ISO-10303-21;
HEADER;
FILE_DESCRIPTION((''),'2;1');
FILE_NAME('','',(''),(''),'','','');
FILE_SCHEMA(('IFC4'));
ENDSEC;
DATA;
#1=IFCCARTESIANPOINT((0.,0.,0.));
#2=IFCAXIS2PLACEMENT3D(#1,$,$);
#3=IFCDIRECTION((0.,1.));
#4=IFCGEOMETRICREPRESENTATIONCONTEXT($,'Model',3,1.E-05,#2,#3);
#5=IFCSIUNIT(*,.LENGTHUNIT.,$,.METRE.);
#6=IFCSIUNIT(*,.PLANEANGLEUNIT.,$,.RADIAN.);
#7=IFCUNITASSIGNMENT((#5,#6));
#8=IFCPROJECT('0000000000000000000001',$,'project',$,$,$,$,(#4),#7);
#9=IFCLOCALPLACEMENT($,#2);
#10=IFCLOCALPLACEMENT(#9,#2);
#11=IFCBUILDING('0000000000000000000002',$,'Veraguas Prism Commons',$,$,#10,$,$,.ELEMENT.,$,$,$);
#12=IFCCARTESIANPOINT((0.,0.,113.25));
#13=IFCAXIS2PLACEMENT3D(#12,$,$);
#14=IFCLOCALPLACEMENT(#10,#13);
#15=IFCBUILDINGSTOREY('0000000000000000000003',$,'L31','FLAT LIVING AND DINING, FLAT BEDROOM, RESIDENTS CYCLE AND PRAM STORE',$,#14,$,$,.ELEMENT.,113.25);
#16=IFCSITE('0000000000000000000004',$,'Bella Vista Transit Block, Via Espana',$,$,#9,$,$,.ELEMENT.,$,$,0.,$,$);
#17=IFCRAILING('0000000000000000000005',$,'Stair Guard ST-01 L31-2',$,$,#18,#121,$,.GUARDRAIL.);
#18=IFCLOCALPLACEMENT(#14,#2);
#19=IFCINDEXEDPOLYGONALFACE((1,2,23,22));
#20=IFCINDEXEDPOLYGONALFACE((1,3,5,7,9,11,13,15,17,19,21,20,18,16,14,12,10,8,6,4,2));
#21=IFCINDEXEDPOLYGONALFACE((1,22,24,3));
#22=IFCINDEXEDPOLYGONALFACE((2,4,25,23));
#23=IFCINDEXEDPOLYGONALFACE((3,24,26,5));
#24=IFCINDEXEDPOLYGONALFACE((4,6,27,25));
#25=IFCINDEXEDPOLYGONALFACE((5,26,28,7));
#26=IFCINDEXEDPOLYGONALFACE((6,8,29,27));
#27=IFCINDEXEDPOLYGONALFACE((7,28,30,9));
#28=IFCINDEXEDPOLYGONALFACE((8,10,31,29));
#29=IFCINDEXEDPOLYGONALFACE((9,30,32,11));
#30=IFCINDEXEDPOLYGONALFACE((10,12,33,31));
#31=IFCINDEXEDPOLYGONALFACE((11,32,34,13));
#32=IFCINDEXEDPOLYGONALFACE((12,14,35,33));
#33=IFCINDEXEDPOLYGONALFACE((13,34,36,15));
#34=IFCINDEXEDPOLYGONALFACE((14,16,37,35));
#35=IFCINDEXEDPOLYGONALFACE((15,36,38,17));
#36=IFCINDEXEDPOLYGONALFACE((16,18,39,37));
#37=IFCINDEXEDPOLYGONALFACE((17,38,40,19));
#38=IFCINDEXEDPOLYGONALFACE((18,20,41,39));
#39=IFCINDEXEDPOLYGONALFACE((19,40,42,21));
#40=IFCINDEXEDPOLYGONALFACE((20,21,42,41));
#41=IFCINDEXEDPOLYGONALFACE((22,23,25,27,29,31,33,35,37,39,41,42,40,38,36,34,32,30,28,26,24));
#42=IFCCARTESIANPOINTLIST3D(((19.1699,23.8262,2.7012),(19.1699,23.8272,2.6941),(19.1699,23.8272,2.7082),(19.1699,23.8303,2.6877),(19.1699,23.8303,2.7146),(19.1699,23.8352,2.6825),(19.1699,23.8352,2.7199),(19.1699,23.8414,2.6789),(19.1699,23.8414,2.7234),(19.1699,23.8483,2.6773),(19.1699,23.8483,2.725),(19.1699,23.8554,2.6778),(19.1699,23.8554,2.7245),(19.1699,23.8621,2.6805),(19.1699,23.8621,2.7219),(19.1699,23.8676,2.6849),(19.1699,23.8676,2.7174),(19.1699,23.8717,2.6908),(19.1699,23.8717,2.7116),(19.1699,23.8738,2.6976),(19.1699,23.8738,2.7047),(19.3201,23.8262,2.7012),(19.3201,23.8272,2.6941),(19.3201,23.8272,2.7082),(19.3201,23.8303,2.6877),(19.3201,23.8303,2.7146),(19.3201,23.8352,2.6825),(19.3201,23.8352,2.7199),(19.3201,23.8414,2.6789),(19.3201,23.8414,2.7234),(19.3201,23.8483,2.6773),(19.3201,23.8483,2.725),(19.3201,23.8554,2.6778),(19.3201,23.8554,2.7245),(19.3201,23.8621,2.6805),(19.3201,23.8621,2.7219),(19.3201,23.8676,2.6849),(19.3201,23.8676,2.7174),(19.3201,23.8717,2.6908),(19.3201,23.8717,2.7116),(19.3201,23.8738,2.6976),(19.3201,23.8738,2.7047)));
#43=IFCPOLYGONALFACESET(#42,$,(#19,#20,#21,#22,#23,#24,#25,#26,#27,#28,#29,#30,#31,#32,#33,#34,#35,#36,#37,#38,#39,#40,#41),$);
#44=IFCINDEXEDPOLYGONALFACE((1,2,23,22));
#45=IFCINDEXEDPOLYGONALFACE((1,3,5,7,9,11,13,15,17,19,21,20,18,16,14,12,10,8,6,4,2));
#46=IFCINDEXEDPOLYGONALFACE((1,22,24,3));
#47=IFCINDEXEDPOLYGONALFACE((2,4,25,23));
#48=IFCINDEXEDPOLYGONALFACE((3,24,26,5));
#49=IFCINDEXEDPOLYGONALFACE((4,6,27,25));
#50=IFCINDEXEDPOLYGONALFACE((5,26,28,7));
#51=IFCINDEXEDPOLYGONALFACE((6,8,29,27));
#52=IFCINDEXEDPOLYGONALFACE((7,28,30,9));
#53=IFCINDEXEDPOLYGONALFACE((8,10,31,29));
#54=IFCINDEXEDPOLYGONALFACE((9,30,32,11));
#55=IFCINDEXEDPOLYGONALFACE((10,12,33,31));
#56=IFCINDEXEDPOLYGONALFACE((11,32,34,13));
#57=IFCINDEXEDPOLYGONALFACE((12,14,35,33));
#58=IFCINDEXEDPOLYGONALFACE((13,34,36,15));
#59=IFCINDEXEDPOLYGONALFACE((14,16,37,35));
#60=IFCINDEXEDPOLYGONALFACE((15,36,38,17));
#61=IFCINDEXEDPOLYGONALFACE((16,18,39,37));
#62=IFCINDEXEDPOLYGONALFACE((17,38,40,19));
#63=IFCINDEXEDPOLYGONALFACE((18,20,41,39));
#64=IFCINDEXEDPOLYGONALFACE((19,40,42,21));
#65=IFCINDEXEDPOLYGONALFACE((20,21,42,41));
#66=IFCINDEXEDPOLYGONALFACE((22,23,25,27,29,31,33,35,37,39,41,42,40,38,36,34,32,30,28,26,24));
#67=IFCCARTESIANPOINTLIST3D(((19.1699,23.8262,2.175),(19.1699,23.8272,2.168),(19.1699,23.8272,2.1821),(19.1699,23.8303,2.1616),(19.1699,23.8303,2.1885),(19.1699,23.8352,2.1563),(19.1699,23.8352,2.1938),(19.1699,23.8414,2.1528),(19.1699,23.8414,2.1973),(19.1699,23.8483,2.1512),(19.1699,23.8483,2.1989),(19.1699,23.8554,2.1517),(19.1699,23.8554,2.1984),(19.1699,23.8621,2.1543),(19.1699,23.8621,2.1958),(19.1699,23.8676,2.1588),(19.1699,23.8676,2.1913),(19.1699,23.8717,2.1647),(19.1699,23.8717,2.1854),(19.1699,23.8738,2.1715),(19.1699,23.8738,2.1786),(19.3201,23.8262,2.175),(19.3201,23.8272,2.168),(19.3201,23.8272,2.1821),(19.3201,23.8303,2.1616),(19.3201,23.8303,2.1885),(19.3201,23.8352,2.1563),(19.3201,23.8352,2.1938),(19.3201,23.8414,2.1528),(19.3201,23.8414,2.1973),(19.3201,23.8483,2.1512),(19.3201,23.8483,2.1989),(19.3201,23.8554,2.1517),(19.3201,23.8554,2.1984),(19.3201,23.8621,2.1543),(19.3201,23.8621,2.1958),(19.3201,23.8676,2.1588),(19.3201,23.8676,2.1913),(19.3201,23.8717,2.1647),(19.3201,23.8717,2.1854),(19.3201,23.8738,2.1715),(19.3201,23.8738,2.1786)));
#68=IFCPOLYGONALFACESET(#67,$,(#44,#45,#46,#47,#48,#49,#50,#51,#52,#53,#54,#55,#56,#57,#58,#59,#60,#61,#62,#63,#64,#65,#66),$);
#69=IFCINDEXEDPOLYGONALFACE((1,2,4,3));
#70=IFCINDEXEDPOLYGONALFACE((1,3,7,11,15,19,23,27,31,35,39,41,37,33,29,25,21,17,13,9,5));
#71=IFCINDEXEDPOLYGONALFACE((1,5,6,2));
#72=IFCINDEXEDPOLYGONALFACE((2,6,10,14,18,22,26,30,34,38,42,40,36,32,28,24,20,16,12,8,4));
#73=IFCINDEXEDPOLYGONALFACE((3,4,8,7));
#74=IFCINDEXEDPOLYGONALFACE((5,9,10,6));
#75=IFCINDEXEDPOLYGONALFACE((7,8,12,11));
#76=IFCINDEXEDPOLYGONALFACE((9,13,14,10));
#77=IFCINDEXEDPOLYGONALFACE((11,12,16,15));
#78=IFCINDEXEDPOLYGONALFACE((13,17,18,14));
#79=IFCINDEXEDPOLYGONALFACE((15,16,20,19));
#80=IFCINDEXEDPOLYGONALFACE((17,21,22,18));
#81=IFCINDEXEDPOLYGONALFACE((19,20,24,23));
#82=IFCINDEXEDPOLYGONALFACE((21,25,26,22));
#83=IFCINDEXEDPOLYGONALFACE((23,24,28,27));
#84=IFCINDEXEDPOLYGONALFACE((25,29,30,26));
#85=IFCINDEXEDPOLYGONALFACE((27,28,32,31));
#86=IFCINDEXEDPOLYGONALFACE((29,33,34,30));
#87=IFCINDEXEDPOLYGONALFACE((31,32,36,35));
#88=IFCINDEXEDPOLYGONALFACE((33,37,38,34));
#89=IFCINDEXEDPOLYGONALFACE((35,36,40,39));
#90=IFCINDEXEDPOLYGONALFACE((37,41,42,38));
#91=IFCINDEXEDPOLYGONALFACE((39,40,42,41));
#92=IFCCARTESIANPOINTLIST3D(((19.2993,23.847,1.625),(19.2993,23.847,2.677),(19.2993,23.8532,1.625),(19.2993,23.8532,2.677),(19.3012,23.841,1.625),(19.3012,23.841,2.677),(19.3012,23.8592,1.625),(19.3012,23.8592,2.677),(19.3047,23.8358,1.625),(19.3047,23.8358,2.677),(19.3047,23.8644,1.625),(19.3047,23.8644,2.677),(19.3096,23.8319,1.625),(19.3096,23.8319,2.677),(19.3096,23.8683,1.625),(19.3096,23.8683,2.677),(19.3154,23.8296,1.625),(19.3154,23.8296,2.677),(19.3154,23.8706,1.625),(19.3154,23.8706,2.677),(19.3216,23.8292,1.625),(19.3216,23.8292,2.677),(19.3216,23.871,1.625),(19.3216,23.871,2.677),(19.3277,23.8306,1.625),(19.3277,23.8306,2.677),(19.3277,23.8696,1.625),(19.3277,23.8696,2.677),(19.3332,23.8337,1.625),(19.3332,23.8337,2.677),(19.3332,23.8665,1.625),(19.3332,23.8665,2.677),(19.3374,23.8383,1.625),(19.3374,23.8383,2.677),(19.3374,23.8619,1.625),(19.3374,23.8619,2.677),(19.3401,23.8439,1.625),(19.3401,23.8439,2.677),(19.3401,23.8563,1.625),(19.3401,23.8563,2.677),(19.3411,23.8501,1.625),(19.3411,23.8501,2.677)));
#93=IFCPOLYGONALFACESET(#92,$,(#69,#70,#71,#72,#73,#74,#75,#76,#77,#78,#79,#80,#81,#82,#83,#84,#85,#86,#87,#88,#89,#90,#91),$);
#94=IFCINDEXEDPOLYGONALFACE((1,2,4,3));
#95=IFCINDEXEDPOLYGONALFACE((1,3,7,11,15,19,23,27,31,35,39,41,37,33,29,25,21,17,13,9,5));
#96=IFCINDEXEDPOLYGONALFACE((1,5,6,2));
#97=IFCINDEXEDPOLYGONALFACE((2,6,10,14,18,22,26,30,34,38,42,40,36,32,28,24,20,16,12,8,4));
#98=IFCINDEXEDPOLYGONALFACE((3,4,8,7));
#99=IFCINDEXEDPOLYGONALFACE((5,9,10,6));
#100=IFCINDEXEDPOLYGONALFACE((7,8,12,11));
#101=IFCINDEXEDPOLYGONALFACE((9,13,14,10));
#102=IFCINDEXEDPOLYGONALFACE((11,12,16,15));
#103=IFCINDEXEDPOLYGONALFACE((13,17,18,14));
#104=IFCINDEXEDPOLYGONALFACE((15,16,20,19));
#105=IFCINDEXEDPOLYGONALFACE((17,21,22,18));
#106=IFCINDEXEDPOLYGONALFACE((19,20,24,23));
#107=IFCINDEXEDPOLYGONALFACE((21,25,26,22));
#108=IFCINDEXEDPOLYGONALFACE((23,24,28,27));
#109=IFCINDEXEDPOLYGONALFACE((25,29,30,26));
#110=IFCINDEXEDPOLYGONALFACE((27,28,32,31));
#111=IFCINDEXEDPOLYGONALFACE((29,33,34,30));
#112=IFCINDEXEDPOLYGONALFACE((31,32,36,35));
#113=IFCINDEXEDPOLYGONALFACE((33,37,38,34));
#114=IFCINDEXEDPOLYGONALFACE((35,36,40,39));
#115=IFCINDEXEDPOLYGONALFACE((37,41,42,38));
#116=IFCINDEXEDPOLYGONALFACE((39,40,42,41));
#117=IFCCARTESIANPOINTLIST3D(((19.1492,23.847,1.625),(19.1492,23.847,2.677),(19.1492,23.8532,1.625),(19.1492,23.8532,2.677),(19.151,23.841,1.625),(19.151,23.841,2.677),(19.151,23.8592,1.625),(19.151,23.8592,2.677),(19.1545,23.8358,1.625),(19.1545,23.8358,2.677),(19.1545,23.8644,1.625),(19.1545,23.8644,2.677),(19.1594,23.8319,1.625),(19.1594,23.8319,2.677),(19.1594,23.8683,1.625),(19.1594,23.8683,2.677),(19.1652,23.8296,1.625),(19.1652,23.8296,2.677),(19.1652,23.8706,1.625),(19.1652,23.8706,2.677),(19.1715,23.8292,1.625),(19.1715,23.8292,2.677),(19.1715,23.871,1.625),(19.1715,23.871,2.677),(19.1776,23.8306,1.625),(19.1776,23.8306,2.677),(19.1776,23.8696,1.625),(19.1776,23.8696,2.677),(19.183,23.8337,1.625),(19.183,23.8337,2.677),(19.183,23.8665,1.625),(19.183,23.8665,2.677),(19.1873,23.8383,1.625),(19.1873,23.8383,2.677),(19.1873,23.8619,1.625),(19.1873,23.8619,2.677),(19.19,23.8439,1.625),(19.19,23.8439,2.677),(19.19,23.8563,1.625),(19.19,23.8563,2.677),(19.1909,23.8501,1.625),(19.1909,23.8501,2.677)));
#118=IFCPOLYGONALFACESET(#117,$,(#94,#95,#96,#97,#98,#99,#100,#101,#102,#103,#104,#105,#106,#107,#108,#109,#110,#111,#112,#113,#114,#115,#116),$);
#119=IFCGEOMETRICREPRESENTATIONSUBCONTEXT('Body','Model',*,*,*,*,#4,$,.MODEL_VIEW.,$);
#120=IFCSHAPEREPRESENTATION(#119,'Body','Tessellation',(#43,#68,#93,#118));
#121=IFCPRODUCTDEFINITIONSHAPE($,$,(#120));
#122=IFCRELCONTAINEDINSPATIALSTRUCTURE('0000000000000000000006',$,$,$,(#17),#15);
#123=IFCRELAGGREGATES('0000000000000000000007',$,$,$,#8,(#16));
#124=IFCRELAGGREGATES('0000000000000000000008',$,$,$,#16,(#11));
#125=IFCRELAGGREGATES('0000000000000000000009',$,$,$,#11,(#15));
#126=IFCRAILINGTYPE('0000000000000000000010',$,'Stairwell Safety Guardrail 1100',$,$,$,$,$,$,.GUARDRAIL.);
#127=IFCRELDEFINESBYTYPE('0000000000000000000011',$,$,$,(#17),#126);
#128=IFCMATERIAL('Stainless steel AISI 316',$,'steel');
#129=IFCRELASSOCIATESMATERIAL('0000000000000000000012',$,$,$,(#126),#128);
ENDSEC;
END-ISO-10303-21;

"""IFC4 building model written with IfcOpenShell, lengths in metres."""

from ifc_helpers import new_model, si_unit, direction, frame, origin, origin_2d, place, context, subcontext, project, spatial, circle, extrude, material, type_object, element, save


model = new_model("IFC4")

# Units and contexts
model_context = context("Model", 3, precision=1e-05, world=origin(), true_north=direction((0.0, 1.0)))
body_context = subcontext(model_context, "Body", "Model", "MODEL_VIEW")
ifc_project = project(units=[si_unit("LENGTHUNIT", "METRE"), si_unit("PLANEANGLEUNIT", "RADIAN")], contexts=[model_context])

# Site, building, storey
site_placement = place(None, origin())
site = spatial("IfcSite", under=ifc_project, at=site_placement, Name="Bella Vista Transit Block, Via Espana", CompositionType="ELEMENT", RefElevation=0.0)
building_placement = place(site_placement, origin())
building = spatial("IfcBuilding", under=site, at=building_placement, Name="Veraguas Prism Commons", CompositionType="ELEMENT")
storey_placement = place(building_placement, frame((0.0, 0.0, 113.25)))
storey = spatial("IfcBuildingStorey", under=building, at=storey_placement, Name="L31", Description="FLAT LIVING AND DINING, FLAT BEDROOM, RESIDENTS CYCLE AND PRAM STORE", CompositionType="ELEMENT", Elevation=113.25)

# Railing
ifc_material_1 = material(Name="Stainless steel AISI 316", Category="steel")
railing_type_1 = type_object("IfcRailingType", Name="Stairwell Safety Guardrail 1100", PredefinedType="GUARDRAIL", material=ifc_material_1)
railing_1_placement = place(storey_placement, frame((19.3201, 23.8501, 1.625)))
element("IfcRailing", 1, at=railing_1_placement, inside=storey, type_object=railing_type_1, Name="Stair Guard ST-01 L31-2", PredefinedType="GUARDRAIL", context=body_context, shape_type="SweptSolid", body=[
    extrude(circle(Radius=0.0239, at=origin_2d()), frame((0.0, 0.0, 1.0762), z_axis=(-1.0, 0.0, 0.0), x_axis=(0.0, -1.0, 0.0)), (0.0, 0.0, 1.0), 0.1501),
    extrude(circle(Radius=0.0239, at=origin_2d()), frame((0.0, 0.0, 0.55), z_axis=(-1.0, 0.0, 0.0), x_axis=(0.0, -1.0, 0.0)), (0.0, 0.0, 1.0), 0.1501),
    extrude(circle(Radius=0.021, at=origin_2d()), origin(), (0.0, 0.0, 1.0), 1.052),
    extrude(circle(Radius=0.021, at=origin_2d()), frame((-0.1501, 0.0, 0.0)), (0.0, 0.0, 1.0), 1.052),
])

save(model, "model.ifc")
